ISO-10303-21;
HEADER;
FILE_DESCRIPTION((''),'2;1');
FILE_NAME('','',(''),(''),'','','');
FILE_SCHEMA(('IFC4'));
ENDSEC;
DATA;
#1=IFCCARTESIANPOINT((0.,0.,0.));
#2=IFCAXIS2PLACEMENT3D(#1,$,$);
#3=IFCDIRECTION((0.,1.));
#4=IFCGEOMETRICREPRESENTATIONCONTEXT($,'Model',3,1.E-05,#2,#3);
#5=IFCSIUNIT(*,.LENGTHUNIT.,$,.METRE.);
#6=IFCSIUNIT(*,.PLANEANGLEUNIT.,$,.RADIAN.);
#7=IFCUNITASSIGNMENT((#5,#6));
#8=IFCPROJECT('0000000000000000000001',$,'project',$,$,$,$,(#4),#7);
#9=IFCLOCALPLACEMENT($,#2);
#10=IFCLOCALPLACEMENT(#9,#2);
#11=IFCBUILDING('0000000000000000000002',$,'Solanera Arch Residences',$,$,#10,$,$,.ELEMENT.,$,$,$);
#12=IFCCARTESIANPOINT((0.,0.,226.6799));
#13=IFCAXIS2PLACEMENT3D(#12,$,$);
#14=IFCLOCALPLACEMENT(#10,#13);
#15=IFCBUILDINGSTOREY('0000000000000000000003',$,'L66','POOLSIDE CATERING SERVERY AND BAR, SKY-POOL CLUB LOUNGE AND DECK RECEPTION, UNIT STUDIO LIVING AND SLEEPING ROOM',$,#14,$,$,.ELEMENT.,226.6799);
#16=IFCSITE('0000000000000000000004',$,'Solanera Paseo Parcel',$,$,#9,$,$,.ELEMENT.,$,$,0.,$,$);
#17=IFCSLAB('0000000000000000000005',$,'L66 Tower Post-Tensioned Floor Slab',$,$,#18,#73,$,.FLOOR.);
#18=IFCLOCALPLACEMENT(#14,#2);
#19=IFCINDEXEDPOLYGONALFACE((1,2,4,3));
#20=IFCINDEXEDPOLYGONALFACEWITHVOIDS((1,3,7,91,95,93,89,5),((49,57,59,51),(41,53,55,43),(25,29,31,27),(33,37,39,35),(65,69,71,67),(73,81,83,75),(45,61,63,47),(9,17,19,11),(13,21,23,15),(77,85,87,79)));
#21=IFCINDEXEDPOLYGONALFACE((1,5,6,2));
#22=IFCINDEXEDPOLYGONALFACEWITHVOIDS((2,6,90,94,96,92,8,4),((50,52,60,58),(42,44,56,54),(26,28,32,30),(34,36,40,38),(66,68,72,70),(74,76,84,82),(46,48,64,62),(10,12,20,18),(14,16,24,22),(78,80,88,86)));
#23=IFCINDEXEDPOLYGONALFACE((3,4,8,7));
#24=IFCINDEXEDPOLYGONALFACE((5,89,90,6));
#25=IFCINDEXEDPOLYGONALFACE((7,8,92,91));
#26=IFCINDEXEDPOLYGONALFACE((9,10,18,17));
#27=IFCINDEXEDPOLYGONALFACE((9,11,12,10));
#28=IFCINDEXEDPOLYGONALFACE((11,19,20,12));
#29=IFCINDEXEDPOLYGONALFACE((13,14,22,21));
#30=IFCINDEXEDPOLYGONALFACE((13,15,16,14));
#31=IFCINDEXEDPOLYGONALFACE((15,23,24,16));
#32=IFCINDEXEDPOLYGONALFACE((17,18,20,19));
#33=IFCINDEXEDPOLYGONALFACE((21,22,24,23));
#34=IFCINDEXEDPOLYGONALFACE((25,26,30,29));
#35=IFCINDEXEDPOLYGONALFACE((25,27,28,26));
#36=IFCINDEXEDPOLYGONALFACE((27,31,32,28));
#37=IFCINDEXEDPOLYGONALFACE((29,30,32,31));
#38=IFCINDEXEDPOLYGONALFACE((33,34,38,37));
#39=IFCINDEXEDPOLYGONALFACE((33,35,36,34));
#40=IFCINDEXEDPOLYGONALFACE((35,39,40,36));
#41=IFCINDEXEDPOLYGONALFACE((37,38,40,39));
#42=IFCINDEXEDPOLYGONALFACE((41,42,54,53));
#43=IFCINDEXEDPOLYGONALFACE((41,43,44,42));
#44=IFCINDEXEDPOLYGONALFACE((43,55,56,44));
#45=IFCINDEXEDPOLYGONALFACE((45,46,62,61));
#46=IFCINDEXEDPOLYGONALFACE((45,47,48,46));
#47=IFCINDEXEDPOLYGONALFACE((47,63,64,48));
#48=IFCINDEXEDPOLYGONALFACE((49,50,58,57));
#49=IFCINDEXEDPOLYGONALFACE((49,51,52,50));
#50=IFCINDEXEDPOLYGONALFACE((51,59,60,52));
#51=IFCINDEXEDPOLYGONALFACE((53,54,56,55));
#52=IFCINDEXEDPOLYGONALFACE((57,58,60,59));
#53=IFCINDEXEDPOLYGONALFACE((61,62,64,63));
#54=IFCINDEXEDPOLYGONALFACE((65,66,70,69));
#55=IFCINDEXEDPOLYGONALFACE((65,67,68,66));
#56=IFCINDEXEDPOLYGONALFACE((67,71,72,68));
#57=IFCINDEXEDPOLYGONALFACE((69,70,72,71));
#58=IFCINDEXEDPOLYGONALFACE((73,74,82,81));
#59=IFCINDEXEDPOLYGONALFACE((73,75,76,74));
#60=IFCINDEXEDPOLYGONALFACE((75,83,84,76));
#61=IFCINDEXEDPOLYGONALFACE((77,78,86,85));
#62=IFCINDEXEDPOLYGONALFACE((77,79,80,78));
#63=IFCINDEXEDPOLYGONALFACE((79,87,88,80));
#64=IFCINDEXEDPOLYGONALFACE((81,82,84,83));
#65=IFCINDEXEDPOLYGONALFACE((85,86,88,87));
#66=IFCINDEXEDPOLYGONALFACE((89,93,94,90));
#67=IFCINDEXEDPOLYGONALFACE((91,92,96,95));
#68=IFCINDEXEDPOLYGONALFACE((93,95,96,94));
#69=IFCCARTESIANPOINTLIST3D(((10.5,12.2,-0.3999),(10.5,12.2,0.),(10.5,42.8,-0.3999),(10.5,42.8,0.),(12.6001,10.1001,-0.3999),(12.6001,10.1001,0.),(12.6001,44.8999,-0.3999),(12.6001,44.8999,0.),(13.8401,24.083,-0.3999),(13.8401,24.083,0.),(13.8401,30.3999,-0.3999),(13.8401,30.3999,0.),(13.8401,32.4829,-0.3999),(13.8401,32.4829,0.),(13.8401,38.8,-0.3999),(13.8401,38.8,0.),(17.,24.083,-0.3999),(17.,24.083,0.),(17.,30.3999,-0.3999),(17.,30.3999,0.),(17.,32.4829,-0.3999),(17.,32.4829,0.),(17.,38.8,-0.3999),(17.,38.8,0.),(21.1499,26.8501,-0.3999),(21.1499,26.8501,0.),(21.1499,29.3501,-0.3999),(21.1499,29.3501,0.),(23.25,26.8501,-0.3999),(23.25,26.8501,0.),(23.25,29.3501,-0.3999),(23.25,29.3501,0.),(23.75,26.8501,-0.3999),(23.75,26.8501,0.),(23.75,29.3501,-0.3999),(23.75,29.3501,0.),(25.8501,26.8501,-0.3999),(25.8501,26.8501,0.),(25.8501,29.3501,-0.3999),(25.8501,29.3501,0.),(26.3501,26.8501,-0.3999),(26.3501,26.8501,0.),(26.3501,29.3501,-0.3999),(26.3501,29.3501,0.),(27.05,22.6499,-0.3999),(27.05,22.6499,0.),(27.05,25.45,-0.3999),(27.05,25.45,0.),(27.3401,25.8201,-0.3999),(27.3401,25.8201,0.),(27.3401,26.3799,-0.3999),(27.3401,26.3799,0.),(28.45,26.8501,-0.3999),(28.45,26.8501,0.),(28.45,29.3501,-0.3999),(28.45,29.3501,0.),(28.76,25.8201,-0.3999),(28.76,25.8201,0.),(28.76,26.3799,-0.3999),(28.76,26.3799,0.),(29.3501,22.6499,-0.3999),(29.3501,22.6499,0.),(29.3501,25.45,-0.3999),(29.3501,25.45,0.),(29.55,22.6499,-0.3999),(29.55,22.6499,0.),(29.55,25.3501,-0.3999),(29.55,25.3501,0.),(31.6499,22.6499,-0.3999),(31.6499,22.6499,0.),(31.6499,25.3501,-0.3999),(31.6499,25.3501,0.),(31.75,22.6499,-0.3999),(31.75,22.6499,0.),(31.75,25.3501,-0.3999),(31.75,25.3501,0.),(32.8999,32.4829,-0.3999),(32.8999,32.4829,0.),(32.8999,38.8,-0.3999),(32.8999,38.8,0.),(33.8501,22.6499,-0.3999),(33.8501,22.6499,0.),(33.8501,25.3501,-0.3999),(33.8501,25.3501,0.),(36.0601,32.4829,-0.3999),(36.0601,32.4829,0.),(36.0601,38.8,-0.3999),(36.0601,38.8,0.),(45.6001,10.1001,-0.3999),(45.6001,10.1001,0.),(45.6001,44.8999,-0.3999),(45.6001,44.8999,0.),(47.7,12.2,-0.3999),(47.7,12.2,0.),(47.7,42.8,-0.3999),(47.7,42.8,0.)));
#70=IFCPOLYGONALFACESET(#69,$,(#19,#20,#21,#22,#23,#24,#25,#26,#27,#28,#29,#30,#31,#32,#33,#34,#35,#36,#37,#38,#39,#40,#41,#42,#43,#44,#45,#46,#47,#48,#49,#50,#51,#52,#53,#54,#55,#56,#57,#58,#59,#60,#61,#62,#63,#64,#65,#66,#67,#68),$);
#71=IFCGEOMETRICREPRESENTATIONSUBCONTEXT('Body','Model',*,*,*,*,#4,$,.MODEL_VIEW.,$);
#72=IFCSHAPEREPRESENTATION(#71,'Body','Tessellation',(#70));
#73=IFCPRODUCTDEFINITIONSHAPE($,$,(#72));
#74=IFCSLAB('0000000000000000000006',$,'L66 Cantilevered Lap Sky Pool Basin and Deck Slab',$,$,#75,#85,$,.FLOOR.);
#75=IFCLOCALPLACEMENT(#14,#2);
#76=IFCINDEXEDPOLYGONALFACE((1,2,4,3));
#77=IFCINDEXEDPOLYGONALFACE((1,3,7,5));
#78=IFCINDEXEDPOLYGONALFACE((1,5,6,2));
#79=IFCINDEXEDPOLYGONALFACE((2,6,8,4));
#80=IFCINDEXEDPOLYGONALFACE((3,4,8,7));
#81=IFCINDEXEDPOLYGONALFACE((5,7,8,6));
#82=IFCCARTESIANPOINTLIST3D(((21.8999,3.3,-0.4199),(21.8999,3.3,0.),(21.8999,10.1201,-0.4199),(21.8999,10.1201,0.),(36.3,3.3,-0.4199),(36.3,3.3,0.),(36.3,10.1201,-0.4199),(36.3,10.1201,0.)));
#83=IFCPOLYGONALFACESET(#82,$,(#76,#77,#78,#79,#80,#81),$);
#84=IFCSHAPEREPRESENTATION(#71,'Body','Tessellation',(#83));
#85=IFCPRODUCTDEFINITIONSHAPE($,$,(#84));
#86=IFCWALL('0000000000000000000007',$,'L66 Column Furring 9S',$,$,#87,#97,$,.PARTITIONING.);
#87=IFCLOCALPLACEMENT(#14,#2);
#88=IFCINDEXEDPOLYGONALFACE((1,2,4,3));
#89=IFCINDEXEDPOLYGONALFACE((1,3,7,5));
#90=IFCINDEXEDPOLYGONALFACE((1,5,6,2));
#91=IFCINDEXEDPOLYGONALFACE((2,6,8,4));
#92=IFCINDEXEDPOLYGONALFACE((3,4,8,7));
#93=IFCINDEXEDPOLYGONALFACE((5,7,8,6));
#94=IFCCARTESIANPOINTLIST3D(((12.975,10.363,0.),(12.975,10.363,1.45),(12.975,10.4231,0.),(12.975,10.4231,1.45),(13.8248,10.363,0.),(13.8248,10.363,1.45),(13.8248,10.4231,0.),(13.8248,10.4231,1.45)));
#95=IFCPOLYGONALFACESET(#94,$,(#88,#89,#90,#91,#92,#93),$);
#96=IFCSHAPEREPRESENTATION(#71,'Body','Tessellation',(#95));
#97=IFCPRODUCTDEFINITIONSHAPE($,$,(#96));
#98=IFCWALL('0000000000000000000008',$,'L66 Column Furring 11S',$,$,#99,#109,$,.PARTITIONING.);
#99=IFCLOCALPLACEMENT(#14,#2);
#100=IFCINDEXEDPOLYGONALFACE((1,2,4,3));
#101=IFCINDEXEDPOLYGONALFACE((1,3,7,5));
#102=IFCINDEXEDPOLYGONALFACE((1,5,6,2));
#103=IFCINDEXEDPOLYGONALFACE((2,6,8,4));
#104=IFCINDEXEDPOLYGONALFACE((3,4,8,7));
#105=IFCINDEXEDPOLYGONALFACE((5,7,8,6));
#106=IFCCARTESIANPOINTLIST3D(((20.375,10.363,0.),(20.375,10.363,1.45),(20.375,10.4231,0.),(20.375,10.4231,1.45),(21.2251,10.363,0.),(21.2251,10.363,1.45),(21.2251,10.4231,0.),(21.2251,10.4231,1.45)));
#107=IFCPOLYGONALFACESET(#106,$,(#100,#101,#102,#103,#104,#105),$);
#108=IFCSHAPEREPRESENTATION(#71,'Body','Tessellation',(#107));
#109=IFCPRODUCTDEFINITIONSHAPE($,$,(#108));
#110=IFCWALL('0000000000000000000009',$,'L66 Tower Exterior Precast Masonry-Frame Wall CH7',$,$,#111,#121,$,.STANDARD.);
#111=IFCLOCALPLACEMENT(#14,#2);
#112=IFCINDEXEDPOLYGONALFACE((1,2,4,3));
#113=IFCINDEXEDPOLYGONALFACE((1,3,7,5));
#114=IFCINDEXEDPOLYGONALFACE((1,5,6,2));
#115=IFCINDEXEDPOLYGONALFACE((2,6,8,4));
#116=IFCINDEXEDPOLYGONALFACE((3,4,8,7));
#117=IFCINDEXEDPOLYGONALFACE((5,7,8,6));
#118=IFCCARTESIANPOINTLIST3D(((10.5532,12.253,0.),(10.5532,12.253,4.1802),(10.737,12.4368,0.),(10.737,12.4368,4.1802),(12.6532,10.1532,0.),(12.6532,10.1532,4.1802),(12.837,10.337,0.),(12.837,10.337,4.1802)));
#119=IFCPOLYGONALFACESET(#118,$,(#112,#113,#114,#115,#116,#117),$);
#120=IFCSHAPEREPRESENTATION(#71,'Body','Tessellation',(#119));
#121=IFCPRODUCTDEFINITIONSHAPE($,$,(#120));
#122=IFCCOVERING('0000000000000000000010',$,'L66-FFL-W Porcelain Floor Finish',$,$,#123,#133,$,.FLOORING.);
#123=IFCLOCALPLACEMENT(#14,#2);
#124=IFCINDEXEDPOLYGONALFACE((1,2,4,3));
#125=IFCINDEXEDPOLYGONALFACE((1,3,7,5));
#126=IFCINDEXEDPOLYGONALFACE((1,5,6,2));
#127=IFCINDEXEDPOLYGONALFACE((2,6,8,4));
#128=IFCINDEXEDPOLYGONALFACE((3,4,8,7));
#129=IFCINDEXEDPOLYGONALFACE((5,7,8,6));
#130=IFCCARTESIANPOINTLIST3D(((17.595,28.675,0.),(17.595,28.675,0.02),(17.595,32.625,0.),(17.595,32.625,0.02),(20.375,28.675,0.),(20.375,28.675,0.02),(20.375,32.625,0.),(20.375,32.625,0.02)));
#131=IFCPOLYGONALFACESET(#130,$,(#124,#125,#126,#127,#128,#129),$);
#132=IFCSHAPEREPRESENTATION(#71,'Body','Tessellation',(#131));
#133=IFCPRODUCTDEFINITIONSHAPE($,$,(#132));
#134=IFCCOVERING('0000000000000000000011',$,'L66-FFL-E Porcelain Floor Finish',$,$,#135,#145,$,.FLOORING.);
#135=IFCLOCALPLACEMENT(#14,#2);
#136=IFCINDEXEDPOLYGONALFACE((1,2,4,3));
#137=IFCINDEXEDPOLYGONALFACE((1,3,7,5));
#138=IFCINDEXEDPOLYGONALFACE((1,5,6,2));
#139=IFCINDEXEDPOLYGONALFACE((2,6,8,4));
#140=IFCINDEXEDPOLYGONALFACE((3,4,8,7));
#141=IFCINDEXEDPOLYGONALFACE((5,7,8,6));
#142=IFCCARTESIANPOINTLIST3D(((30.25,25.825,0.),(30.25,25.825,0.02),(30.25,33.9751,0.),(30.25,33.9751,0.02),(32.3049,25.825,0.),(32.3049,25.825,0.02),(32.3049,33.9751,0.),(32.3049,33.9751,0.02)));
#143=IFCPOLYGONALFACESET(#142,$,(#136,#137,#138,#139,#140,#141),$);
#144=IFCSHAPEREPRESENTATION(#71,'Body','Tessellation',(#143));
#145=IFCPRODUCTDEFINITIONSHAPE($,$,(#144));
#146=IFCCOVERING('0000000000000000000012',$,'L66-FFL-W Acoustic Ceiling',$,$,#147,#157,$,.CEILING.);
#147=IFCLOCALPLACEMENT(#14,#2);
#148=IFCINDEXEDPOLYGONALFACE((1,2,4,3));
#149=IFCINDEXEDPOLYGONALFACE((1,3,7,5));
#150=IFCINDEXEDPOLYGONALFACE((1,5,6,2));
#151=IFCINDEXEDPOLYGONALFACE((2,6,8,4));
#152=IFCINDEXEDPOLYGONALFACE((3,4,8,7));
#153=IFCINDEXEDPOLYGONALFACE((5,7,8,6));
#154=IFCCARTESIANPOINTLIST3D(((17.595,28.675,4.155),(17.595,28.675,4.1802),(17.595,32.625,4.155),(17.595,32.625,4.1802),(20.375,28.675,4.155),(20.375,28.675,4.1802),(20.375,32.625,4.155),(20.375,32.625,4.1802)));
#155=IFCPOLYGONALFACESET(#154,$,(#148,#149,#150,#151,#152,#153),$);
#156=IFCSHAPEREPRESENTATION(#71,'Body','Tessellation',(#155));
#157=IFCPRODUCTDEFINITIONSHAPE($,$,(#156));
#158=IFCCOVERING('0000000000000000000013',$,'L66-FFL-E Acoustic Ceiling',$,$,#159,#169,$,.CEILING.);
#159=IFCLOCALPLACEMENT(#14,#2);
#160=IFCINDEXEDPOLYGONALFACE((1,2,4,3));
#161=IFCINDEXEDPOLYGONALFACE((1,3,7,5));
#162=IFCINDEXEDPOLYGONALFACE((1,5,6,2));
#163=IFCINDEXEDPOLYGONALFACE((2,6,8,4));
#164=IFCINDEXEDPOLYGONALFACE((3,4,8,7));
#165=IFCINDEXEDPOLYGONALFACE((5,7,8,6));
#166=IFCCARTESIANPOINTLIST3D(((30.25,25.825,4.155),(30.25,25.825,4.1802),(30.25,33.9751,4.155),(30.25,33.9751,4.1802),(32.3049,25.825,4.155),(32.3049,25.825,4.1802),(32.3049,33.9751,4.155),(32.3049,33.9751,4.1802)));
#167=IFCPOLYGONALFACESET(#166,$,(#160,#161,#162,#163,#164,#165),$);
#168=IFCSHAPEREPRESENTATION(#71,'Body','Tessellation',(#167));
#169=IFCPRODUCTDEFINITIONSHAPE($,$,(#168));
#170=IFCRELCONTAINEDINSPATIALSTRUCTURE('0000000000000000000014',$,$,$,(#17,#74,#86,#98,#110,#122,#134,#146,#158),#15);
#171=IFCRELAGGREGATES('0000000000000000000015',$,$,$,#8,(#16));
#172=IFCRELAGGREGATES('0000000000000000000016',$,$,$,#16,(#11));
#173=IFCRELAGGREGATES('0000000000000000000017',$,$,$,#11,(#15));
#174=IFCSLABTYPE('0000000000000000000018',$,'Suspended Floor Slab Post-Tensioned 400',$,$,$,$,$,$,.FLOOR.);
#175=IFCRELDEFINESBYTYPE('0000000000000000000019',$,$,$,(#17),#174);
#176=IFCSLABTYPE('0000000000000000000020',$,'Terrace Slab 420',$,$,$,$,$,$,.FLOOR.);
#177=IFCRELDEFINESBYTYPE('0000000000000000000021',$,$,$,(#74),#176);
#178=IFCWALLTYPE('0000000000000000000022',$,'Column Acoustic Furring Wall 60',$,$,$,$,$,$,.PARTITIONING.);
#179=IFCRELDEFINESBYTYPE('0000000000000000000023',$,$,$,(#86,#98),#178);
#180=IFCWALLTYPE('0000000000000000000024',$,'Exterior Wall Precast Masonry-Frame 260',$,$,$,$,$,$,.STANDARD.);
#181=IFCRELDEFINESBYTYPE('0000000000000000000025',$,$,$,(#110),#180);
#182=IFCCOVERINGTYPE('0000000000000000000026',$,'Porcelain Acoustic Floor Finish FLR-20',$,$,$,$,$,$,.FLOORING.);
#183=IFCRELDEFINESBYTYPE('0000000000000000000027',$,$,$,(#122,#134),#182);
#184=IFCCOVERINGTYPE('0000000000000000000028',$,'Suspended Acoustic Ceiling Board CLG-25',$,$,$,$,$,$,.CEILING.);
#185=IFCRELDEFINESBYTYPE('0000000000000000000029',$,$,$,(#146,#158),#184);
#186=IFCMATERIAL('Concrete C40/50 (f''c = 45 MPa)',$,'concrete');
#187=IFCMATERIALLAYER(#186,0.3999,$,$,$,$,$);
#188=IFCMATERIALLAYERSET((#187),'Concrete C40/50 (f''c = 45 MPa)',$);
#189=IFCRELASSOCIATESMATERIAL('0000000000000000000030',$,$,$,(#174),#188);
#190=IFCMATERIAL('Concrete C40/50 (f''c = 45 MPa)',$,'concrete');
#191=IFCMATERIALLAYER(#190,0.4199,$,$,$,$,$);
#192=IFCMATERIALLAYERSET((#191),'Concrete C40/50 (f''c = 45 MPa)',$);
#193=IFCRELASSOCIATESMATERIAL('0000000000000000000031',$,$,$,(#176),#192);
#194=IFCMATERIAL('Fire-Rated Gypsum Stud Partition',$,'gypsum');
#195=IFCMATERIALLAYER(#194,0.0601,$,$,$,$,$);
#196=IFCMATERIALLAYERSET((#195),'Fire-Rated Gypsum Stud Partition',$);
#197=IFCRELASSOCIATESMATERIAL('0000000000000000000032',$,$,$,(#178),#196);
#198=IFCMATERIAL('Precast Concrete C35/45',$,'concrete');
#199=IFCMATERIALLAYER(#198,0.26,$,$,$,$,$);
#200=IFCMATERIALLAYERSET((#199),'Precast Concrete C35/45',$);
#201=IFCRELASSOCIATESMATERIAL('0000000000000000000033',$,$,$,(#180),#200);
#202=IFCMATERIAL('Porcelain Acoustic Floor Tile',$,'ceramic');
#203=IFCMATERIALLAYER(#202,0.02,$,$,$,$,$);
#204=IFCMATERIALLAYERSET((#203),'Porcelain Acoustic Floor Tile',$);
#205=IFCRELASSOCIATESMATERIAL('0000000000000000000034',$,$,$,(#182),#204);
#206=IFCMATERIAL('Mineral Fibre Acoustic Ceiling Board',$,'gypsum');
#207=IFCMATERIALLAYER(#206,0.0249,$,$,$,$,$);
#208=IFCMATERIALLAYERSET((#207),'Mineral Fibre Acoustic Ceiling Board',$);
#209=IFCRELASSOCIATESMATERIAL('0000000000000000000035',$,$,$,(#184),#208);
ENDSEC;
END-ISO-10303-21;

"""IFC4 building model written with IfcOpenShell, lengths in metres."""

from ifc_helpers import new_model, si_unit, direction, frame, frame_2d, origin, place, context, subcontext, project, spatial, polyline, rectangle, outline, extrude, material, layer, layer_set, type_object, element, save


model = new_model("IFC4")

# Units and contexts
model_context = context("Model", 3, precision=1e-05, world=origin(), true_north=direction((0.0, 1.0)))
body_context = subcontext(model_context, "Body", "Model", "MODEL_VIEW")
ifc_project = project(units=[si_unit("LENGTHUNIT", "METRE"), si_unit("PLANEANGLEUNIT", "RADIAN")], contexts=[model_context])

# Site, building, storey
site_placement = place(None, origin())
site = spatial("IfcSite", under=ifc_project, at=site_placement, Name="Solanera Paseo Parcel", CompositionType="ELEMENT", RefElevation=0.0)
building_placement = place(site_placement, origin())
building = spatial("IfcBuilding", under=site, at=building_placement, Name="Solanera Arch Residences", CompositionType="ELEMENT")
storey_placement = place(building_placement, frame((0.0, 0.0, 226.6799)))
storey = spatial("IfcBuildingStorey", under=building, at=storey_placement, Name="L66", Description="POOLSIDE CATERING SERVERY AND BAR, SKY-POOL CLUB LOUNGE AND DECK RECEPTION, UNIT STUDIO LIVING AND SLEEPING ROOM", CompositionType="ELEMENT", Elevation=226.6799)

# Slabs
ifc_material_1 = material(Name="Concrete C40/50 (f'c = 45 MPa)", Category="concrete")
ifc_layer_1 = layer(ifc_material_1, 0.3999)
ifc_layer_set_1 = layer_set([ifc_layer_1], Name="Concrete C40/50 (f'c = 45 MPa)")
slab_type_1 = type_object("IfcSlabType", Name="Suspended Floor Slab Post-Tensioned 400", PredefinedType="FLOOR", material=ifc_layer_set_1)
slab_1_placement = place(storey_placement, frame((0.0, 0.0, -0.3999)))
element("IfcSlab", 1, at=slab_1_placement, inside=storey, type_object=slab_type_1, Name="L66 Tower Post-Tensioned Floor Slab", PredefinedType="FLOOR", context=body_context, shape_type="SweptSolid", body=[
    extrude(outline(polyline([(12.6001, 10.1001), (45.6001, 10.1001), (47.7, 12.2), (47.7, 42.8), (45.6001, 44.8999), (12.6001, 44.8999), (10.5, 42.8), (10.5, 12.2), (12.6001, 10.1001)]), holes=[polyline([(13.8401, 32.4829), (13.8401, 38.8), (17.0, 38.8), (17.0, 32.4829), (13.8401, 32.4829)]), polyline([(32.8999, 32.4829), (32.8999, 38.8), (36.0601, 38.8), (36.0601, 32.4829), (32.8999, 32.4829)]), polyline([(13.8401, 24.083), (13.8401, 30.3999), (17.0, 30.3999), (17.0, 24.083), (13.8401, 24.083)]), polyline([(21.1499, 29.3501), (23.25, 29.3501), (23.25, 26.8501), (21.1499, 26.8501), (21.1499, 29.3501)]), polyline([(23.75, 29.3501), (25.8501, 29.3501), (25.8501, 26.8501), (23.75, 26.8501), (23.75, 29.3501)]), polyline([(26.3501, 29.3501), (28.45, 29.3501), (28.45, 26.8501), (26.3501, 26.8501), (26.3501, 29.3501)]), polyline([(29.55, 25.3501), (31.6499, 25.3501), (31.6499, 22.6499), (29.55, 22.6499), (29.55, 25.3501)]), polyline([(31.75, 25.3501), (33.8501, 25.3501), (33.8501, 22.6499), (31.75, 22.6499), (31.75, 25.3501)]), polyline([(27.05, 25.45), (29.3501, 25.45), (29.3501, 22.6499), (27.05, 22.6499), (27.05, 25.45)]), polyline([(27.3401, 26.3799), (28.76, 26.3799), (28.76, 25.8201), (27.3401, 25.8201), (27.3401, 26.3799)])]), origin(), (0.0, 0.0, 1.0), 0.3999),
])
ifc_material_2 = material(Name="Concrete C40/50 (f'c = 45 MPa)", Category="concrete")
ifc_layer_2 = layer(ifc_material_2, 0.4199)
ifc_layer_set_2 = layer_set([ifc_layer_2], Name="Concrete C40/50 (f'c = 45 MPa)")
slab_type_2 = type_object("IfcSlabType", Name="Terrace Slab 420", PredefinedType="FLOOR", material=ifc_layer_set_2)
slab_2_placement = place(storey_placement, frame((0.0, 0.0, -0.4199)))
element("IfcSlab", 2, at=slab_2_placement, inside=storey, type_object=slab_type_2, Name="L66 Cantilevered Lap Sky Pool Basin and Deck Slab", PredefinedType="FLOOR", context=body_context, shape_type="SweptSolid", body=[
    extrude(outline(polyline([(21.8999, 3.3), (36.3, 3.3), (36.3, 10.1201), (21.8999, 10.1201), (21.8999, 3.3)])), origin(), (0.0, 0.0, 1.0), 0.4199),
])

# Walls
ifc_material_3 = material(Name="Fire-Rated Gypsum Stud Partition", Category="gypsum")
ifc_layer_3 = layer(ifc_material_3, 0.0601)
ifc_layer_set_3 = layer_set([ifc_layer_3], Name="Fire-Rated Gypsum Stud Partition")
wall_type_1 = type_object("IfcWallType", Name="Column Acoustic Furring Wall 60", PredefinedType="PARTITIONING", material=ifc_layer_set_3)
wall_1_placement = place(storey_placement, frame((12.9751, 10.3931, 0.0), z_axis=(0.0, 0.0, 1.0), x_axis=(1.0, 0.0, 0.0)))
element("IfcWall", 3, at=wall_1_placement, inside=storey, type_object=wall_type_1, Name="L66 Column Furring 9S", PredefinedType="PARTITIONING", context=body_context, shape_type="SweptSolid", body=[
    extrude(rectangle(XDim=0.8499, YDim=0.0601, at=frame_2d((0.4248, 0.0))), origin(), (0.0, 0.0, 1.0), 1.45),
])
wall_2_placement = place(storey_placement, frame((20.375, 10.3931, 0.0), z_axis=(0.0, 0.0, 1.0), x_axis=(1.0, 0.0, 0.0)))
element("IfcWall", 4, at=wall_2_placement, inside=storey, type_object=wall_type_1, Name="L66 Column Furring 11S", PredefinedType="PARTITIONING", context=body_context, shape_type="SweptSolid", body=[
    extrude(rectangle(XDim=0.8501, YDim=0.0601, at=frame_2d((0.425, 0.0))), origin(), (0.0, 0.0, 1.0), 1.45),
])
ifc_material_4 = material(Name="Precast Concrete C35/45", Category="concrete")
ifc_layer_4 = layer(ifc_material_4, 0.26)
ifc_layer_set_4 = layer_set([ifc_layer_4], Name="Precast Concrete C35/45")
wall_type_2 = type_object("IfcWallType", Name="Exterior Wall Precast Masonry-Frame 260", PredefinedType="STANDARD", material=ifc_layer_set_4)
wall_3_placement = place(storey_placement, frame((12.7451, 10.2451, 0.0), z_axis=(0.0, 0.0, 1.0), x_axis=(-0.707148, 0.707066, 0.0)))
element("IfcWall", 5, at=wall_3_placement, inside=storey, type_object=wall_type_2, Name="L66 Tower Exterior Precast Masonry-Frame Wall CH7", PredefinedType="STANDARD", context=body_context, shape_type="SweptSolid", body=[
    extrude(rectangle(XDim=2.9697, YDim=0.26, at=frame_2d((1.4849, 0.0))), origin(), (0.0, 0.0, 1.0), 4.1802),
])

# Coverings
ifc_material_5 = material(Name="Porcelain Acoustic Floor Tile", Category="ceramic")
ifc_layer_5 = layer(ifc_material_5, 0.02)
ifc_layer_set_5 = layer_set([ifc_layer_5], Name="Porcelain Acoustic Floor Tile")
covering_type_1 = type_object("IfcCoveringType", Name="Porcelain Acoustic Floor Finish FLR-20", PredefinedType="FLOORING", material=ifc_layer_set_5)
covering_1_placement = place(storey_placement, origin())
element("IfcCovering", 6, at=covering_1_placement, inside=storey, type_object=covering_type_1, Name="L66-FFL-W Porcelain Floor Finish", PredefinedType="FLOORING", context=body_context, shape_type="SweptSolid", body=[
    extrude(outline(polyline([(20.375, 28.675), (17.595, 28.675), (17.595, 32.625), (20.375, 32.625), (20.375, 28.675)])), origin(), (0.0, 0.0, 1.0), 0.02),
])
covering_2_placement = place(storey_placement, origin())
element("IfcCovering", 7, at=covering_2_placement, inside=storey, type_object=covering_type_1, Name="L66-FFL-E Porcelain Floor Finish", PredefinedType="FLOORING", context=body_context, shape_type="SweptSolid", body=[
    extrude(outline(polyline([(32.3049, 25.825), (30.25, 25.825), (30.25, 33.9751), (32.3049, 33.9751), (32.3049, 25.825)])), origin(), (0.0, 0.0, 1.0), 0.02),
])
ifc_material_6 = material(Name="Mineral Fibre Acoustic Ceiling Board", Category="gypsum")
ifc_layer_6 = layer(ifc_material_6, 0.0249)
ifc_layer_set_6 = layer_set([ifc_layer_6], Name="Mineral Fibre Acoustic Ceiling Board")
covering_type_2 = type_object("IfcCoveringType", Name="Suspended Acoustic Ceiling Board CLG-25", PredefinedType="CEILING", material=ifc_layer_set_6)
covering_3_placement = place(storey_placement, frame((0.0, 0.0, 4.155)))
element("IfcCovering", 8, at=covering_3_placement, inside=storey, type_object=covering_type_2, Name="L66-FFL-W Acoustic Ceiling", PredefinedType="CEILING", context=body_context, shape_type="SweptSolid", body=[
    extrude(outline(polyline([(20.375, 28.675), (17.595, 28.675), (17.595, 32.625), (20.375, 32.625), (20.375, 28.675)])), origin(), (0.0, 0.0, 1.0), 0.0251),
])
covering_4_placement = place(storey_placement, frame((0.0, 0.0, 4.155)))
element("IfcCovering", 9, at=covering_4_placement, inside=storey, type_object=covering_type_2, Name="L66-FFL-E Acoustic Ceiling", PredefinedType="CEILING", context=body_context, shape_type="SweptSolid", body=[
    extrude(outline(polyline([(32.3049, 25.825), (30.25, 25.825), (30.25, 33.9751), (32.3049, 33.9751), (32.3049, 25.825)])), origin(), (0.0, 0.0, 1.0), 0.0251),
])

save(model, "model.ifc")
